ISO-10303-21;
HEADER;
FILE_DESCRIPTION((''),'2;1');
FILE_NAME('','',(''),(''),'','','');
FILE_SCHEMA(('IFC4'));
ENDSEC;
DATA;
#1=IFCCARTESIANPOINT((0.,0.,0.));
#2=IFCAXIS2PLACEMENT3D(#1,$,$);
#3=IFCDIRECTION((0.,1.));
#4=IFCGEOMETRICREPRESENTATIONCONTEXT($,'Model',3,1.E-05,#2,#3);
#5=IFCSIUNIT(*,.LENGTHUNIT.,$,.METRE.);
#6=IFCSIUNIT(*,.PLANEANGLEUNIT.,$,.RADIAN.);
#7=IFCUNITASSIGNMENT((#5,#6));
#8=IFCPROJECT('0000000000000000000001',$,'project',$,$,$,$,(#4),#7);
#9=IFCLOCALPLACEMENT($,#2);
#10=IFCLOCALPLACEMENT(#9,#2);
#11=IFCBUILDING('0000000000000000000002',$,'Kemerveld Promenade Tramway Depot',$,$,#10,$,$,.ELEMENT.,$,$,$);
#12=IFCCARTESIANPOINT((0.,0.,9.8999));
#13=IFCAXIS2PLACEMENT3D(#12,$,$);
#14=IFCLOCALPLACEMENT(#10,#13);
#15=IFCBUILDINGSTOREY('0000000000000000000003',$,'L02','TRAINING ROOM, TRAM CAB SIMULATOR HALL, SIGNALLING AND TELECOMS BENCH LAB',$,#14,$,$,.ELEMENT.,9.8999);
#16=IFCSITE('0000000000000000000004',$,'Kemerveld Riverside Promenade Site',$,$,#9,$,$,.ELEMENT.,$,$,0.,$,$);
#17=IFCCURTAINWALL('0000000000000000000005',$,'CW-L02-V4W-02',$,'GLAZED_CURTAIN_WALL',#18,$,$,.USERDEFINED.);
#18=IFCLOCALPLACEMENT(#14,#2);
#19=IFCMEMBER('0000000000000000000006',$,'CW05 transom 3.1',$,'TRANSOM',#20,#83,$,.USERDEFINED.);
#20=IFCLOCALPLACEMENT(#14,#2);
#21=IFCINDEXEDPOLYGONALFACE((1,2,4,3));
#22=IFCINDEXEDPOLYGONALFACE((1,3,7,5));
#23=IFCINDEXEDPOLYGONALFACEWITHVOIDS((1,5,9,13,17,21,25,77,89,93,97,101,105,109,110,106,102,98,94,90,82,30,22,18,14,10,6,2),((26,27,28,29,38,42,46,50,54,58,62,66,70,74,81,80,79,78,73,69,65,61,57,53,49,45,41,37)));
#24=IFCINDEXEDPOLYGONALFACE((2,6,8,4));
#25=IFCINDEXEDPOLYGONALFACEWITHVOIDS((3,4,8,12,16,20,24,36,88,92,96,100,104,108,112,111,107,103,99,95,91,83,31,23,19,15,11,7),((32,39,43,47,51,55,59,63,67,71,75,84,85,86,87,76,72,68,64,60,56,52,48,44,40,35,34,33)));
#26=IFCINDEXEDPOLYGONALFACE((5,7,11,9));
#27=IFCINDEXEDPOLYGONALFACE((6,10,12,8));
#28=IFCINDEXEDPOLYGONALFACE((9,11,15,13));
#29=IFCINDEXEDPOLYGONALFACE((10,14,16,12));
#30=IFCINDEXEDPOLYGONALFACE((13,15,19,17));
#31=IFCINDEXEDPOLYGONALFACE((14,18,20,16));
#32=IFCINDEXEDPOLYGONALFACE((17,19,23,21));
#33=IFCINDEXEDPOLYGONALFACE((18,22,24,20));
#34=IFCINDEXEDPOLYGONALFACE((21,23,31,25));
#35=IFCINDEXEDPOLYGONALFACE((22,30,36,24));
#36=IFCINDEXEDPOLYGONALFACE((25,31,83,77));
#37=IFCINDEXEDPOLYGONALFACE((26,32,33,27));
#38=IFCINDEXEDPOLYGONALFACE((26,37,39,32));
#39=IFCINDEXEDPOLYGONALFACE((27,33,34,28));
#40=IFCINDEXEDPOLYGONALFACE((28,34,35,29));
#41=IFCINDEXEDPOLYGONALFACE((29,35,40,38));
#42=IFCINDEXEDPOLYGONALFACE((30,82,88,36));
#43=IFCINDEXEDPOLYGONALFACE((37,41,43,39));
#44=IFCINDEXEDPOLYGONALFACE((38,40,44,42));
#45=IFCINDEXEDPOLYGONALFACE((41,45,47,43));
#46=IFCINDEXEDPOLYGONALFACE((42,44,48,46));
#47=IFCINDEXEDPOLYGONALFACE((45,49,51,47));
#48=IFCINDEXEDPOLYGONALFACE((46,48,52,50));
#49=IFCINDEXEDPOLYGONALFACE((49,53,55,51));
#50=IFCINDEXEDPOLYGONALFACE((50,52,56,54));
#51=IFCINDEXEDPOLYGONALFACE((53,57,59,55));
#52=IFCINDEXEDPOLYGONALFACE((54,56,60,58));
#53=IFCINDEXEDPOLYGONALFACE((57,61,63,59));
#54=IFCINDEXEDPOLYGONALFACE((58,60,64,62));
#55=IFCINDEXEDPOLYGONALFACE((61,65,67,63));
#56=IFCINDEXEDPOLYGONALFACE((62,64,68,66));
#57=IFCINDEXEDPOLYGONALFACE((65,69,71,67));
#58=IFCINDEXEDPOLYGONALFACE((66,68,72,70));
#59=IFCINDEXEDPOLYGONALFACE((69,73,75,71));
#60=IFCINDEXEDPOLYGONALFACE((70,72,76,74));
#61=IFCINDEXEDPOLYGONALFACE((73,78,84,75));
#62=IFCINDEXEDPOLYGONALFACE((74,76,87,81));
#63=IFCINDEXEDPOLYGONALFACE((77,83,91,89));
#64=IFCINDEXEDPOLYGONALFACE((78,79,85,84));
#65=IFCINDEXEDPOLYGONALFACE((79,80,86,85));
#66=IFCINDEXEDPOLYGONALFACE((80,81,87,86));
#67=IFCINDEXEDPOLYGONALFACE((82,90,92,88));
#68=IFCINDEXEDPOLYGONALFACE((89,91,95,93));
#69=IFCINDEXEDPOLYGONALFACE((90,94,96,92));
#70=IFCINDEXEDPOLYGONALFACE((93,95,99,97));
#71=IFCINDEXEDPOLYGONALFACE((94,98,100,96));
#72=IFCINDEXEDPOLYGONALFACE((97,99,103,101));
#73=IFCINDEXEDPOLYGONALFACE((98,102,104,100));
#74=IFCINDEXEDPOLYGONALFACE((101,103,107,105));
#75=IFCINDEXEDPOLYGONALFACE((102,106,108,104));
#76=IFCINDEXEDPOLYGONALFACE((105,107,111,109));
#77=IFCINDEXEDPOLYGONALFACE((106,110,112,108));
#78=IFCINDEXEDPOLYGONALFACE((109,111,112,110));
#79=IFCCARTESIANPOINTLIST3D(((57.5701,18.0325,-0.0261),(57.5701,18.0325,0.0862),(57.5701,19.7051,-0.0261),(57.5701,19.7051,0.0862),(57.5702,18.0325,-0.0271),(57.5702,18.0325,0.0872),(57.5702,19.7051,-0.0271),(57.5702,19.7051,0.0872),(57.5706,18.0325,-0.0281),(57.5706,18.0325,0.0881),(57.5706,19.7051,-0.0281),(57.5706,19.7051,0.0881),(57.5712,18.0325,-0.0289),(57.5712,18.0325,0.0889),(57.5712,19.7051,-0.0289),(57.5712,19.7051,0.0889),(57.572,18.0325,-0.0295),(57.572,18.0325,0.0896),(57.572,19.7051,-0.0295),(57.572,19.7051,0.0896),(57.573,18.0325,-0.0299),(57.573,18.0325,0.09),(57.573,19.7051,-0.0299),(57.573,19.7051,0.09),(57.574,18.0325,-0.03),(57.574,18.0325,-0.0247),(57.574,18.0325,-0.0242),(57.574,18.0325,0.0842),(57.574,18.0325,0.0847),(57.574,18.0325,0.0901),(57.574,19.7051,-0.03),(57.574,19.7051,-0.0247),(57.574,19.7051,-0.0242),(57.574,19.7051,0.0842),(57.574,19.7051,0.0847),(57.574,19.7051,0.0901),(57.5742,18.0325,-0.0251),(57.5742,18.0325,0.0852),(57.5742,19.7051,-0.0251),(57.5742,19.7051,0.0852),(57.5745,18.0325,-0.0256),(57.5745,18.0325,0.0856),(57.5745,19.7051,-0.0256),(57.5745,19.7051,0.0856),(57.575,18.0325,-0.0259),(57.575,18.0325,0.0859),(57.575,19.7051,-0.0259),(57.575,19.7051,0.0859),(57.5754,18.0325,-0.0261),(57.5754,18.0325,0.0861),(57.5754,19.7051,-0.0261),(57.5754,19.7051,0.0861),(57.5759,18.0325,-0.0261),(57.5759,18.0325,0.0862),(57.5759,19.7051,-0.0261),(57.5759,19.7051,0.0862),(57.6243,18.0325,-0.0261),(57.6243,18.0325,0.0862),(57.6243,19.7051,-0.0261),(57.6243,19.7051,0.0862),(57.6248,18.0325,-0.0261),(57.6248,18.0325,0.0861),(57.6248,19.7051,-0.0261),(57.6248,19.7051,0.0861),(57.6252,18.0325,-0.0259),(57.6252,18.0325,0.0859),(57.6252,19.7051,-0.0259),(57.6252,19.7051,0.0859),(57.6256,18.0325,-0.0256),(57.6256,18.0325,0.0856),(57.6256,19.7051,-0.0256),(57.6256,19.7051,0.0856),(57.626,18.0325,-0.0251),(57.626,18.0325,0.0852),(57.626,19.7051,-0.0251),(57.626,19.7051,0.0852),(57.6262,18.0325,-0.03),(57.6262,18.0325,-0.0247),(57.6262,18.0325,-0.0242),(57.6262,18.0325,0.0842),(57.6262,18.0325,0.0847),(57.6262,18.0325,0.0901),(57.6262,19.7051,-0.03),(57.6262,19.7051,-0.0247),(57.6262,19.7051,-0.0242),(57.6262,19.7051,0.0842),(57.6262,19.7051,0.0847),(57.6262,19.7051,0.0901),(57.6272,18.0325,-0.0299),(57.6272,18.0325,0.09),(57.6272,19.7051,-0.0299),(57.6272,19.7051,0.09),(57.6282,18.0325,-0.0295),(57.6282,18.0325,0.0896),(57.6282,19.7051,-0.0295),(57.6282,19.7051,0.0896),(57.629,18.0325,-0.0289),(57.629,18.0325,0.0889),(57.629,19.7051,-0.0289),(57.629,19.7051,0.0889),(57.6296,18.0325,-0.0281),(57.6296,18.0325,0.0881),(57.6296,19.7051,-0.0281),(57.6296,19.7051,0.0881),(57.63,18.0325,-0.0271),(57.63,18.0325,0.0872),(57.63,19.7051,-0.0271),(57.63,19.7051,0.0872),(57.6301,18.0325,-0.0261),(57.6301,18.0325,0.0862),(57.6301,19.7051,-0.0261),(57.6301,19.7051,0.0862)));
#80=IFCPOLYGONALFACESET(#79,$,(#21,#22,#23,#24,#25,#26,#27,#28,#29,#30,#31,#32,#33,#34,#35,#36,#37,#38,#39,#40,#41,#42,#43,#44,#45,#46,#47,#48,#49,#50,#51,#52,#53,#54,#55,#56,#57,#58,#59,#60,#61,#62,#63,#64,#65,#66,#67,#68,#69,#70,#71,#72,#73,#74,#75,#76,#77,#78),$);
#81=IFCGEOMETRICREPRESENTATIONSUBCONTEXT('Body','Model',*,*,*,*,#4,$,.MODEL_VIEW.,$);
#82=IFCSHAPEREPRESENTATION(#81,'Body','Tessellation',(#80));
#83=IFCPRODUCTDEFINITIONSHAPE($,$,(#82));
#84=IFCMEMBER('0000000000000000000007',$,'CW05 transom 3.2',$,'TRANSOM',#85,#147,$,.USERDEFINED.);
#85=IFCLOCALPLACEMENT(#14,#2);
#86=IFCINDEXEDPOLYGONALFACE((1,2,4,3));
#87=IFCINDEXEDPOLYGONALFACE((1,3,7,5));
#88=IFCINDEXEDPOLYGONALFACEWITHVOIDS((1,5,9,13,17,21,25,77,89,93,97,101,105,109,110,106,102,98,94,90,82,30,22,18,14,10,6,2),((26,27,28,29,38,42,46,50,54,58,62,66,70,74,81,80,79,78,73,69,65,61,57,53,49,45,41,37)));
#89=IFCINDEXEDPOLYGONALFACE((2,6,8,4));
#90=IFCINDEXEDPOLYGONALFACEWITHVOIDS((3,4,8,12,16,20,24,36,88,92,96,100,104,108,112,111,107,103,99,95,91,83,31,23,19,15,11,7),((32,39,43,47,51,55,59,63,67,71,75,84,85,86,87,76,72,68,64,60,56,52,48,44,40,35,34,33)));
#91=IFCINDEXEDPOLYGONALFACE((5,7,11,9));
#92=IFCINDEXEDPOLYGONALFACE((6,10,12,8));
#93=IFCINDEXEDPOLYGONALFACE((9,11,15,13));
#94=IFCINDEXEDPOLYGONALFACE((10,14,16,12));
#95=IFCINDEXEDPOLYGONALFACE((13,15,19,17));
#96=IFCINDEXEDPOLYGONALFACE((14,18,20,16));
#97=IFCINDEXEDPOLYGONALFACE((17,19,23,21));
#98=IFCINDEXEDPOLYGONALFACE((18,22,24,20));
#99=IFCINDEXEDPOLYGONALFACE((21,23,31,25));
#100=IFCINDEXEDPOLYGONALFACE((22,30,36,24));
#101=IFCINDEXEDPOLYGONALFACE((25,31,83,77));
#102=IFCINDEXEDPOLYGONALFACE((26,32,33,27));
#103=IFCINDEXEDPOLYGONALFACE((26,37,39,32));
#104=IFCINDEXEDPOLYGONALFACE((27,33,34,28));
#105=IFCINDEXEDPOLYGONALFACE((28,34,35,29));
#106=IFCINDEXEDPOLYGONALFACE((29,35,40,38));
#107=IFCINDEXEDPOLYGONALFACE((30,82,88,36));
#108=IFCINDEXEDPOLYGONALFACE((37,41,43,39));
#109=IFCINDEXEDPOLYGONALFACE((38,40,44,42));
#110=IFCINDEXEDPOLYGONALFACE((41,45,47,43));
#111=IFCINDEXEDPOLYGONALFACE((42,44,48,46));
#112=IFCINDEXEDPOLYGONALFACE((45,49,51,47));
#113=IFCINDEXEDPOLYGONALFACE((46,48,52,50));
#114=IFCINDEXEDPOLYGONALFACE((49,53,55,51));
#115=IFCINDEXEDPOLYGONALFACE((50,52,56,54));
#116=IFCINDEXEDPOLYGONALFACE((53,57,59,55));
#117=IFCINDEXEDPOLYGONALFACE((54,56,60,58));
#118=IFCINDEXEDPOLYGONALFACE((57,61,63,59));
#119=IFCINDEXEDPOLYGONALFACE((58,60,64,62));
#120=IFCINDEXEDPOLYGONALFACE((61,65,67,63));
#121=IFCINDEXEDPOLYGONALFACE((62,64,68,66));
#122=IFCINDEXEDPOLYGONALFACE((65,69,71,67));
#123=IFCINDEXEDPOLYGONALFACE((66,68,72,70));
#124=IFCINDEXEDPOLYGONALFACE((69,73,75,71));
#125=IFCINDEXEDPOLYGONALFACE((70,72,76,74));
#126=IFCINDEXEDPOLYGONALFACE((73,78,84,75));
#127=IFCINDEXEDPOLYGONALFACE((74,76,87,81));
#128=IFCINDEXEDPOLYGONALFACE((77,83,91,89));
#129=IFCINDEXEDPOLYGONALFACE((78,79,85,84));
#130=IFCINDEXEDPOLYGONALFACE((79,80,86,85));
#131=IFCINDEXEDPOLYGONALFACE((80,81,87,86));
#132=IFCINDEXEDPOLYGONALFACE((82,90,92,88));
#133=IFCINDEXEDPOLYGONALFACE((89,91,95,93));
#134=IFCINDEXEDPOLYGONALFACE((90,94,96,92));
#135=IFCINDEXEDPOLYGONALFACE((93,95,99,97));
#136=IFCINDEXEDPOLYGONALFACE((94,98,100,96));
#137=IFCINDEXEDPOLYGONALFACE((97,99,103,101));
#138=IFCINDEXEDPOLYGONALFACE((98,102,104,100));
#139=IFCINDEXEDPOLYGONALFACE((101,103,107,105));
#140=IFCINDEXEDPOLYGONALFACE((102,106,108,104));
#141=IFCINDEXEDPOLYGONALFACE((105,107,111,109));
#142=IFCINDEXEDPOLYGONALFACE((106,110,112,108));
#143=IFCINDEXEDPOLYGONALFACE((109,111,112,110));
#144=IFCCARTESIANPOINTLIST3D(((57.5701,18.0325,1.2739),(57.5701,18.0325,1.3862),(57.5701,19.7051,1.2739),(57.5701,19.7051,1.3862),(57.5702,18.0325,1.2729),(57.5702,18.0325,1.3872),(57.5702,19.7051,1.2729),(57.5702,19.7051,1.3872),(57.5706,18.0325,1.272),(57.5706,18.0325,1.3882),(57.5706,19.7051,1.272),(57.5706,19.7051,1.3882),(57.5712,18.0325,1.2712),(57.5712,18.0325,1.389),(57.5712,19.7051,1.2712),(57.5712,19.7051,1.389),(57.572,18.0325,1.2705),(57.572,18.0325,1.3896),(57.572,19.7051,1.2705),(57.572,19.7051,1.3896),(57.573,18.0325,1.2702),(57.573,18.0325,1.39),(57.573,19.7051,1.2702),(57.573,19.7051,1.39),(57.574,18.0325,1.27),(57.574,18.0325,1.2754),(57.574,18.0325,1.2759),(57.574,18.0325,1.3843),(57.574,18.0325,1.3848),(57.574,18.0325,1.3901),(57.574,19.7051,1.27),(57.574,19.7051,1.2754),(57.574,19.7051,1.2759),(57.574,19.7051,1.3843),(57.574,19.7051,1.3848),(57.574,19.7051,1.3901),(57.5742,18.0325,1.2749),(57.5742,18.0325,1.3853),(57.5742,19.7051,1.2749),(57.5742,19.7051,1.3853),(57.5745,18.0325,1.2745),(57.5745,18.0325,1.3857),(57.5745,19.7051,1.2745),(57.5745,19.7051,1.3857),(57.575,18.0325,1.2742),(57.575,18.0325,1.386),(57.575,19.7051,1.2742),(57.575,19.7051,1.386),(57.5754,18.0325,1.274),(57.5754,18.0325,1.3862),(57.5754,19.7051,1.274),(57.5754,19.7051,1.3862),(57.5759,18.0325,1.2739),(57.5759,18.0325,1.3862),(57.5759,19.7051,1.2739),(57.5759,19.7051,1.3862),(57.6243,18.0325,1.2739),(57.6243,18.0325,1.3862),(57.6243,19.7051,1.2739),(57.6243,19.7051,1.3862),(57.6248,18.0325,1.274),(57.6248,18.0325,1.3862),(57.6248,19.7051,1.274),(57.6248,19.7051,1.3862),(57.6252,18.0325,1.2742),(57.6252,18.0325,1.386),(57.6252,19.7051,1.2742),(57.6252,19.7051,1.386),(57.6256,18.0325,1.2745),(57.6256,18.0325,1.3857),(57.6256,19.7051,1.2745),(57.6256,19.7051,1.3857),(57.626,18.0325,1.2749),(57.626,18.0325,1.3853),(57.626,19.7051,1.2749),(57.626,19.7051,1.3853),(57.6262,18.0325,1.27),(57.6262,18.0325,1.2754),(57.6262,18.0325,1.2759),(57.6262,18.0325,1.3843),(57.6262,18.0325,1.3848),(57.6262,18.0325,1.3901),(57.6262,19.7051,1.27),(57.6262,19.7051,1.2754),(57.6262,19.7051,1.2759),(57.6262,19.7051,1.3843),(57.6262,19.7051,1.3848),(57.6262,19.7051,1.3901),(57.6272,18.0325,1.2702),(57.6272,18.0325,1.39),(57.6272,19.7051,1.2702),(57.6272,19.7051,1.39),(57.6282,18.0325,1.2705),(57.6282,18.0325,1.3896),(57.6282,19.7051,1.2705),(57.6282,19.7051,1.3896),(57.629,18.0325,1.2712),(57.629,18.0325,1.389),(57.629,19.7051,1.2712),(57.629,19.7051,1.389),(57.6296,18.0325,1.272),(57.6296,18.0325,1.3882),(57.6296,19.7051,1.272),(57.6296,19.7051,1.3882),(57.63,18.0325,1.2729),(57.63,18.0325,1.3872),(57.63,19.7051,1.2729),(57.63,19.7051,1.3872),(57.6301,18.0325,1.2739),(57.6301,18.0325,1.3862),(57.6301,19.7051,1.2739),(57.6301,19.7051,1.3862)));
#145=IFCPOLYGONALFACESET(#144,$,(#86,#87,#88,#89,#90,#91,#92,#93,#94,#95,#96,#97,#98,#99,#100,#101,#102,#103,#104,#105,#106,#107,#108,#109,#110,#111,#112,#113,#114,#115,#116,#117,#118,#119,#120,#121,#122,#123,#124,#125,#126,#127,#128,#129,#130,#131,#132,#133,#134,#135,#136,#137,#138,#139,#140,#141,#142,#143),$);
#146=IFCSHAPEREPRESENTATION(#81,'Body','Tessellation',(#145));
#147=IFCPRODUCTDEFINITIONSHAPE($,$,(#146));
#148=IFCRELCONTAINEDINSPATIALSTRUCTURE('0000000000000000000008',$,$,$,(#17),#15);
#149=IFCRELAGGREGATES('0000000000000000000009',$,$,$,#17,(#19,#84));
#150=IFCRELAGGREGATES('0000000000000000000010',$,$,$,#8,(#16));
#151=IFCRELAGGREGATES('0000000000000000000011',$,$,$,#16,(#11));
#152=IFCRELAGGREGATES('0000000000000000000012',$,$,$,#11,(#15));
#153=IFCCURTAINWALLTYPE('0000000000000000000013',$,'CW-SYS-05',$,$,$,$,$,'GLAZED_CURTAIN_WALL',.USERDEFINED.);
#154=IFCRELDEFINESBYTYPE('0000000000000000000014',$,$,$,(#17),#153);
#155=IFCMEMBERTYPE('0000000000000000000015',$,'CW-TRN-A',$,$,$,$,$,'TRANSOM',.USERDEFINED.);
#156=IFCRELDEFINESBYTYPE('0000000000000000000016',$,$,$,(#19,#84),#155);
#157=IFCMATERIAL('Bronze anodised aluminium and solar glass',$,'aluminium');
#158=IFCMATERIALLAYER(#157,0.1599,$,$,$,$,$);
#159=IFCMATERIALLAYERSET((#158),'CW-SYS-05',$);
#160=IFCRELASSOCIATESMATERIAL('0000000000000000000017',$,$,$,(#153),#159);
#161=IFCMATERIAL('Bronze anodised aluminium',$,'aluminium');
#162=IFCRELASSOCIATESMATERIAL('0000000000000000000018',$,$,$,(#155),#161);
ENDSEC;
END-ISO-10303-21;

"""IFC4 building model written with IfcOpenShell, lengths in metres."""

from ifc_helpers import new_model, si_unit, direction, frame, origin, origin_2d, place, context, subcontext, project, spatial, hollow_rectangle, extrude, material, layer, layer_set, material_profile, profile_set, type_object, element, aggregate, save


model = new_model("IFC4")

# Units and contexts
model_context = context("Model", 3, precision=1e-05, world=origin(), true_north=direction((0.0, 1.0)))
body_context = subcontext(model_context, "Body", "Model", "MODEL_VIEW")
ifc_project = project(units=[si_unit("LENGTHUNIT", "METRE"), si_unit("PLANEANGLEUNIT", "RADIAN")], contexts=[model_context])

# Site, building, storey
site_placement = place(None, origin())
site = spatial("IfcSite", under=ifc_project, at=site_placement, Name="Kemerveld Riverside Promenade Site", CompositionType="ELEMENT", RefElevation=0.0)
building_placement = place(site_placement, origin())
building = spatial("IfcBuilding", under=site, at=building_placement, Name="Kemerveld Promenade Tramway Depot", CompositionType="ELEMENT")
storey_placement = place(building_placement, frame((0.0, 0.0, 9.8999)))
storey = spatial("IfcBuildingStorey", under=building, at=storey_placement, Name="L02", Description="TRAINING ROOM, TRAM CAB SIMULATOR HALL, SIGNALLING AND TELECOMS BENCH LAB", CompositionType="ELEMENT", Elevation=9.8999)

# Curtain wall, members
ifc_material_1 = material(Name="Bronze anodised aluminium and solar glass", Category="aluminium")
ifc_layer_1 = layer(ifc_material_1, 0.1599)
ifc_layer_set_1 = layer_set([ifc_layer_1], Name="CW-SYS-05")
curtain_wall_type = type_object("IfcCurtainWallType", Name="CW-SYS-05", ElementType="GLAZED_CURTAIN_WALL", PredefinedType="USERDEFINED", material=ifc_layer_set_1)
curtain_wall_placement = place(storey_placement, origin())
curtain_wall = element("IfcCurtainWall", 1, at=curtain_wall_placement, inside=storey, type_object=curtain_wall_type, Name="CW-L02-V4W-02", ObjectType="GLAZED_CURTAIN_WALL", PredefinedType="USERDEFINED")
ifc_material_2 = material(Name="Bronze anodised aluminium", Category="aluminium")
ifc_material_profile_1 = material_profile(ifc_material_2, hollow_rectangle(XDim=0.0601, YDim=0.1201, WallThickness=0.0039, InnerFilletRadius=0.002, OuterFilletRadius=0.0039, at=origin_2d()), Name="CW-TRN-120x60")
ifc_profile_set_1 = profile_set([ifc_material_profile_1], Name="Bronze anodised aluminium")
member_type_1 = type_object("IfcMemberType", Name="CW-TRN-A", ElementType="TRANSOM", PredefinedType="USERDEFINED", material=ifc_profile_set_1)
member_1_placement = place(storey_placement, frame((57.6001, 18.0325, 0.03), z_axis=(0.0, 1.0, 0.0), x_axis=(-1.0, 0.0, 0.0)))
member_1 = element("IfcMember", 2, at=member_1_placement, type_object=member_type_1, Name="CW05 transom 3.1", ObjectType="TRANSOM", PredefinedType="USERDEFINED", context=body_context, shape_type="SweptSolid", body=[
    extrude(hollow_rectangle(XDim=0.0601, YDim=0.1201, WallThickness=0.0039, InnerFilletRadius=0.002, OuterFilletRadius=0.0039, at=origin_2d()), origin(), (0.0, 0.0, 1.0), 1.6726),
])
member_2_placement = place(storey_placement, frame((57.6001, 18.0325, 1.3301), z_axis=(0.0, 1.0, 0.0), x_axis=(-1.0, 0.0, 0.0)))
member_2 = element("IfcMember", 3, at=member_2_placement, type_object=member_type_1, Name="CW05 transom 3.2", ObjectType="TRANSOM", PredefinedType="USERDEFINED", context=body_context, shape_type="SweptSolid", body=[
    extrude(hollow_rectangle(XDim=0.0601, YDim=0.1201, WallThickness=0.0039, InnerFilletRadius=0.002, OuterFilletRadius=0.0039, at=origin_2d()), origin(), (0.0, 0.0, 1.0), 1.6726),
])

aggregate(curtain_wall, [member_1, member_2])

save(model, "model.ifc")
